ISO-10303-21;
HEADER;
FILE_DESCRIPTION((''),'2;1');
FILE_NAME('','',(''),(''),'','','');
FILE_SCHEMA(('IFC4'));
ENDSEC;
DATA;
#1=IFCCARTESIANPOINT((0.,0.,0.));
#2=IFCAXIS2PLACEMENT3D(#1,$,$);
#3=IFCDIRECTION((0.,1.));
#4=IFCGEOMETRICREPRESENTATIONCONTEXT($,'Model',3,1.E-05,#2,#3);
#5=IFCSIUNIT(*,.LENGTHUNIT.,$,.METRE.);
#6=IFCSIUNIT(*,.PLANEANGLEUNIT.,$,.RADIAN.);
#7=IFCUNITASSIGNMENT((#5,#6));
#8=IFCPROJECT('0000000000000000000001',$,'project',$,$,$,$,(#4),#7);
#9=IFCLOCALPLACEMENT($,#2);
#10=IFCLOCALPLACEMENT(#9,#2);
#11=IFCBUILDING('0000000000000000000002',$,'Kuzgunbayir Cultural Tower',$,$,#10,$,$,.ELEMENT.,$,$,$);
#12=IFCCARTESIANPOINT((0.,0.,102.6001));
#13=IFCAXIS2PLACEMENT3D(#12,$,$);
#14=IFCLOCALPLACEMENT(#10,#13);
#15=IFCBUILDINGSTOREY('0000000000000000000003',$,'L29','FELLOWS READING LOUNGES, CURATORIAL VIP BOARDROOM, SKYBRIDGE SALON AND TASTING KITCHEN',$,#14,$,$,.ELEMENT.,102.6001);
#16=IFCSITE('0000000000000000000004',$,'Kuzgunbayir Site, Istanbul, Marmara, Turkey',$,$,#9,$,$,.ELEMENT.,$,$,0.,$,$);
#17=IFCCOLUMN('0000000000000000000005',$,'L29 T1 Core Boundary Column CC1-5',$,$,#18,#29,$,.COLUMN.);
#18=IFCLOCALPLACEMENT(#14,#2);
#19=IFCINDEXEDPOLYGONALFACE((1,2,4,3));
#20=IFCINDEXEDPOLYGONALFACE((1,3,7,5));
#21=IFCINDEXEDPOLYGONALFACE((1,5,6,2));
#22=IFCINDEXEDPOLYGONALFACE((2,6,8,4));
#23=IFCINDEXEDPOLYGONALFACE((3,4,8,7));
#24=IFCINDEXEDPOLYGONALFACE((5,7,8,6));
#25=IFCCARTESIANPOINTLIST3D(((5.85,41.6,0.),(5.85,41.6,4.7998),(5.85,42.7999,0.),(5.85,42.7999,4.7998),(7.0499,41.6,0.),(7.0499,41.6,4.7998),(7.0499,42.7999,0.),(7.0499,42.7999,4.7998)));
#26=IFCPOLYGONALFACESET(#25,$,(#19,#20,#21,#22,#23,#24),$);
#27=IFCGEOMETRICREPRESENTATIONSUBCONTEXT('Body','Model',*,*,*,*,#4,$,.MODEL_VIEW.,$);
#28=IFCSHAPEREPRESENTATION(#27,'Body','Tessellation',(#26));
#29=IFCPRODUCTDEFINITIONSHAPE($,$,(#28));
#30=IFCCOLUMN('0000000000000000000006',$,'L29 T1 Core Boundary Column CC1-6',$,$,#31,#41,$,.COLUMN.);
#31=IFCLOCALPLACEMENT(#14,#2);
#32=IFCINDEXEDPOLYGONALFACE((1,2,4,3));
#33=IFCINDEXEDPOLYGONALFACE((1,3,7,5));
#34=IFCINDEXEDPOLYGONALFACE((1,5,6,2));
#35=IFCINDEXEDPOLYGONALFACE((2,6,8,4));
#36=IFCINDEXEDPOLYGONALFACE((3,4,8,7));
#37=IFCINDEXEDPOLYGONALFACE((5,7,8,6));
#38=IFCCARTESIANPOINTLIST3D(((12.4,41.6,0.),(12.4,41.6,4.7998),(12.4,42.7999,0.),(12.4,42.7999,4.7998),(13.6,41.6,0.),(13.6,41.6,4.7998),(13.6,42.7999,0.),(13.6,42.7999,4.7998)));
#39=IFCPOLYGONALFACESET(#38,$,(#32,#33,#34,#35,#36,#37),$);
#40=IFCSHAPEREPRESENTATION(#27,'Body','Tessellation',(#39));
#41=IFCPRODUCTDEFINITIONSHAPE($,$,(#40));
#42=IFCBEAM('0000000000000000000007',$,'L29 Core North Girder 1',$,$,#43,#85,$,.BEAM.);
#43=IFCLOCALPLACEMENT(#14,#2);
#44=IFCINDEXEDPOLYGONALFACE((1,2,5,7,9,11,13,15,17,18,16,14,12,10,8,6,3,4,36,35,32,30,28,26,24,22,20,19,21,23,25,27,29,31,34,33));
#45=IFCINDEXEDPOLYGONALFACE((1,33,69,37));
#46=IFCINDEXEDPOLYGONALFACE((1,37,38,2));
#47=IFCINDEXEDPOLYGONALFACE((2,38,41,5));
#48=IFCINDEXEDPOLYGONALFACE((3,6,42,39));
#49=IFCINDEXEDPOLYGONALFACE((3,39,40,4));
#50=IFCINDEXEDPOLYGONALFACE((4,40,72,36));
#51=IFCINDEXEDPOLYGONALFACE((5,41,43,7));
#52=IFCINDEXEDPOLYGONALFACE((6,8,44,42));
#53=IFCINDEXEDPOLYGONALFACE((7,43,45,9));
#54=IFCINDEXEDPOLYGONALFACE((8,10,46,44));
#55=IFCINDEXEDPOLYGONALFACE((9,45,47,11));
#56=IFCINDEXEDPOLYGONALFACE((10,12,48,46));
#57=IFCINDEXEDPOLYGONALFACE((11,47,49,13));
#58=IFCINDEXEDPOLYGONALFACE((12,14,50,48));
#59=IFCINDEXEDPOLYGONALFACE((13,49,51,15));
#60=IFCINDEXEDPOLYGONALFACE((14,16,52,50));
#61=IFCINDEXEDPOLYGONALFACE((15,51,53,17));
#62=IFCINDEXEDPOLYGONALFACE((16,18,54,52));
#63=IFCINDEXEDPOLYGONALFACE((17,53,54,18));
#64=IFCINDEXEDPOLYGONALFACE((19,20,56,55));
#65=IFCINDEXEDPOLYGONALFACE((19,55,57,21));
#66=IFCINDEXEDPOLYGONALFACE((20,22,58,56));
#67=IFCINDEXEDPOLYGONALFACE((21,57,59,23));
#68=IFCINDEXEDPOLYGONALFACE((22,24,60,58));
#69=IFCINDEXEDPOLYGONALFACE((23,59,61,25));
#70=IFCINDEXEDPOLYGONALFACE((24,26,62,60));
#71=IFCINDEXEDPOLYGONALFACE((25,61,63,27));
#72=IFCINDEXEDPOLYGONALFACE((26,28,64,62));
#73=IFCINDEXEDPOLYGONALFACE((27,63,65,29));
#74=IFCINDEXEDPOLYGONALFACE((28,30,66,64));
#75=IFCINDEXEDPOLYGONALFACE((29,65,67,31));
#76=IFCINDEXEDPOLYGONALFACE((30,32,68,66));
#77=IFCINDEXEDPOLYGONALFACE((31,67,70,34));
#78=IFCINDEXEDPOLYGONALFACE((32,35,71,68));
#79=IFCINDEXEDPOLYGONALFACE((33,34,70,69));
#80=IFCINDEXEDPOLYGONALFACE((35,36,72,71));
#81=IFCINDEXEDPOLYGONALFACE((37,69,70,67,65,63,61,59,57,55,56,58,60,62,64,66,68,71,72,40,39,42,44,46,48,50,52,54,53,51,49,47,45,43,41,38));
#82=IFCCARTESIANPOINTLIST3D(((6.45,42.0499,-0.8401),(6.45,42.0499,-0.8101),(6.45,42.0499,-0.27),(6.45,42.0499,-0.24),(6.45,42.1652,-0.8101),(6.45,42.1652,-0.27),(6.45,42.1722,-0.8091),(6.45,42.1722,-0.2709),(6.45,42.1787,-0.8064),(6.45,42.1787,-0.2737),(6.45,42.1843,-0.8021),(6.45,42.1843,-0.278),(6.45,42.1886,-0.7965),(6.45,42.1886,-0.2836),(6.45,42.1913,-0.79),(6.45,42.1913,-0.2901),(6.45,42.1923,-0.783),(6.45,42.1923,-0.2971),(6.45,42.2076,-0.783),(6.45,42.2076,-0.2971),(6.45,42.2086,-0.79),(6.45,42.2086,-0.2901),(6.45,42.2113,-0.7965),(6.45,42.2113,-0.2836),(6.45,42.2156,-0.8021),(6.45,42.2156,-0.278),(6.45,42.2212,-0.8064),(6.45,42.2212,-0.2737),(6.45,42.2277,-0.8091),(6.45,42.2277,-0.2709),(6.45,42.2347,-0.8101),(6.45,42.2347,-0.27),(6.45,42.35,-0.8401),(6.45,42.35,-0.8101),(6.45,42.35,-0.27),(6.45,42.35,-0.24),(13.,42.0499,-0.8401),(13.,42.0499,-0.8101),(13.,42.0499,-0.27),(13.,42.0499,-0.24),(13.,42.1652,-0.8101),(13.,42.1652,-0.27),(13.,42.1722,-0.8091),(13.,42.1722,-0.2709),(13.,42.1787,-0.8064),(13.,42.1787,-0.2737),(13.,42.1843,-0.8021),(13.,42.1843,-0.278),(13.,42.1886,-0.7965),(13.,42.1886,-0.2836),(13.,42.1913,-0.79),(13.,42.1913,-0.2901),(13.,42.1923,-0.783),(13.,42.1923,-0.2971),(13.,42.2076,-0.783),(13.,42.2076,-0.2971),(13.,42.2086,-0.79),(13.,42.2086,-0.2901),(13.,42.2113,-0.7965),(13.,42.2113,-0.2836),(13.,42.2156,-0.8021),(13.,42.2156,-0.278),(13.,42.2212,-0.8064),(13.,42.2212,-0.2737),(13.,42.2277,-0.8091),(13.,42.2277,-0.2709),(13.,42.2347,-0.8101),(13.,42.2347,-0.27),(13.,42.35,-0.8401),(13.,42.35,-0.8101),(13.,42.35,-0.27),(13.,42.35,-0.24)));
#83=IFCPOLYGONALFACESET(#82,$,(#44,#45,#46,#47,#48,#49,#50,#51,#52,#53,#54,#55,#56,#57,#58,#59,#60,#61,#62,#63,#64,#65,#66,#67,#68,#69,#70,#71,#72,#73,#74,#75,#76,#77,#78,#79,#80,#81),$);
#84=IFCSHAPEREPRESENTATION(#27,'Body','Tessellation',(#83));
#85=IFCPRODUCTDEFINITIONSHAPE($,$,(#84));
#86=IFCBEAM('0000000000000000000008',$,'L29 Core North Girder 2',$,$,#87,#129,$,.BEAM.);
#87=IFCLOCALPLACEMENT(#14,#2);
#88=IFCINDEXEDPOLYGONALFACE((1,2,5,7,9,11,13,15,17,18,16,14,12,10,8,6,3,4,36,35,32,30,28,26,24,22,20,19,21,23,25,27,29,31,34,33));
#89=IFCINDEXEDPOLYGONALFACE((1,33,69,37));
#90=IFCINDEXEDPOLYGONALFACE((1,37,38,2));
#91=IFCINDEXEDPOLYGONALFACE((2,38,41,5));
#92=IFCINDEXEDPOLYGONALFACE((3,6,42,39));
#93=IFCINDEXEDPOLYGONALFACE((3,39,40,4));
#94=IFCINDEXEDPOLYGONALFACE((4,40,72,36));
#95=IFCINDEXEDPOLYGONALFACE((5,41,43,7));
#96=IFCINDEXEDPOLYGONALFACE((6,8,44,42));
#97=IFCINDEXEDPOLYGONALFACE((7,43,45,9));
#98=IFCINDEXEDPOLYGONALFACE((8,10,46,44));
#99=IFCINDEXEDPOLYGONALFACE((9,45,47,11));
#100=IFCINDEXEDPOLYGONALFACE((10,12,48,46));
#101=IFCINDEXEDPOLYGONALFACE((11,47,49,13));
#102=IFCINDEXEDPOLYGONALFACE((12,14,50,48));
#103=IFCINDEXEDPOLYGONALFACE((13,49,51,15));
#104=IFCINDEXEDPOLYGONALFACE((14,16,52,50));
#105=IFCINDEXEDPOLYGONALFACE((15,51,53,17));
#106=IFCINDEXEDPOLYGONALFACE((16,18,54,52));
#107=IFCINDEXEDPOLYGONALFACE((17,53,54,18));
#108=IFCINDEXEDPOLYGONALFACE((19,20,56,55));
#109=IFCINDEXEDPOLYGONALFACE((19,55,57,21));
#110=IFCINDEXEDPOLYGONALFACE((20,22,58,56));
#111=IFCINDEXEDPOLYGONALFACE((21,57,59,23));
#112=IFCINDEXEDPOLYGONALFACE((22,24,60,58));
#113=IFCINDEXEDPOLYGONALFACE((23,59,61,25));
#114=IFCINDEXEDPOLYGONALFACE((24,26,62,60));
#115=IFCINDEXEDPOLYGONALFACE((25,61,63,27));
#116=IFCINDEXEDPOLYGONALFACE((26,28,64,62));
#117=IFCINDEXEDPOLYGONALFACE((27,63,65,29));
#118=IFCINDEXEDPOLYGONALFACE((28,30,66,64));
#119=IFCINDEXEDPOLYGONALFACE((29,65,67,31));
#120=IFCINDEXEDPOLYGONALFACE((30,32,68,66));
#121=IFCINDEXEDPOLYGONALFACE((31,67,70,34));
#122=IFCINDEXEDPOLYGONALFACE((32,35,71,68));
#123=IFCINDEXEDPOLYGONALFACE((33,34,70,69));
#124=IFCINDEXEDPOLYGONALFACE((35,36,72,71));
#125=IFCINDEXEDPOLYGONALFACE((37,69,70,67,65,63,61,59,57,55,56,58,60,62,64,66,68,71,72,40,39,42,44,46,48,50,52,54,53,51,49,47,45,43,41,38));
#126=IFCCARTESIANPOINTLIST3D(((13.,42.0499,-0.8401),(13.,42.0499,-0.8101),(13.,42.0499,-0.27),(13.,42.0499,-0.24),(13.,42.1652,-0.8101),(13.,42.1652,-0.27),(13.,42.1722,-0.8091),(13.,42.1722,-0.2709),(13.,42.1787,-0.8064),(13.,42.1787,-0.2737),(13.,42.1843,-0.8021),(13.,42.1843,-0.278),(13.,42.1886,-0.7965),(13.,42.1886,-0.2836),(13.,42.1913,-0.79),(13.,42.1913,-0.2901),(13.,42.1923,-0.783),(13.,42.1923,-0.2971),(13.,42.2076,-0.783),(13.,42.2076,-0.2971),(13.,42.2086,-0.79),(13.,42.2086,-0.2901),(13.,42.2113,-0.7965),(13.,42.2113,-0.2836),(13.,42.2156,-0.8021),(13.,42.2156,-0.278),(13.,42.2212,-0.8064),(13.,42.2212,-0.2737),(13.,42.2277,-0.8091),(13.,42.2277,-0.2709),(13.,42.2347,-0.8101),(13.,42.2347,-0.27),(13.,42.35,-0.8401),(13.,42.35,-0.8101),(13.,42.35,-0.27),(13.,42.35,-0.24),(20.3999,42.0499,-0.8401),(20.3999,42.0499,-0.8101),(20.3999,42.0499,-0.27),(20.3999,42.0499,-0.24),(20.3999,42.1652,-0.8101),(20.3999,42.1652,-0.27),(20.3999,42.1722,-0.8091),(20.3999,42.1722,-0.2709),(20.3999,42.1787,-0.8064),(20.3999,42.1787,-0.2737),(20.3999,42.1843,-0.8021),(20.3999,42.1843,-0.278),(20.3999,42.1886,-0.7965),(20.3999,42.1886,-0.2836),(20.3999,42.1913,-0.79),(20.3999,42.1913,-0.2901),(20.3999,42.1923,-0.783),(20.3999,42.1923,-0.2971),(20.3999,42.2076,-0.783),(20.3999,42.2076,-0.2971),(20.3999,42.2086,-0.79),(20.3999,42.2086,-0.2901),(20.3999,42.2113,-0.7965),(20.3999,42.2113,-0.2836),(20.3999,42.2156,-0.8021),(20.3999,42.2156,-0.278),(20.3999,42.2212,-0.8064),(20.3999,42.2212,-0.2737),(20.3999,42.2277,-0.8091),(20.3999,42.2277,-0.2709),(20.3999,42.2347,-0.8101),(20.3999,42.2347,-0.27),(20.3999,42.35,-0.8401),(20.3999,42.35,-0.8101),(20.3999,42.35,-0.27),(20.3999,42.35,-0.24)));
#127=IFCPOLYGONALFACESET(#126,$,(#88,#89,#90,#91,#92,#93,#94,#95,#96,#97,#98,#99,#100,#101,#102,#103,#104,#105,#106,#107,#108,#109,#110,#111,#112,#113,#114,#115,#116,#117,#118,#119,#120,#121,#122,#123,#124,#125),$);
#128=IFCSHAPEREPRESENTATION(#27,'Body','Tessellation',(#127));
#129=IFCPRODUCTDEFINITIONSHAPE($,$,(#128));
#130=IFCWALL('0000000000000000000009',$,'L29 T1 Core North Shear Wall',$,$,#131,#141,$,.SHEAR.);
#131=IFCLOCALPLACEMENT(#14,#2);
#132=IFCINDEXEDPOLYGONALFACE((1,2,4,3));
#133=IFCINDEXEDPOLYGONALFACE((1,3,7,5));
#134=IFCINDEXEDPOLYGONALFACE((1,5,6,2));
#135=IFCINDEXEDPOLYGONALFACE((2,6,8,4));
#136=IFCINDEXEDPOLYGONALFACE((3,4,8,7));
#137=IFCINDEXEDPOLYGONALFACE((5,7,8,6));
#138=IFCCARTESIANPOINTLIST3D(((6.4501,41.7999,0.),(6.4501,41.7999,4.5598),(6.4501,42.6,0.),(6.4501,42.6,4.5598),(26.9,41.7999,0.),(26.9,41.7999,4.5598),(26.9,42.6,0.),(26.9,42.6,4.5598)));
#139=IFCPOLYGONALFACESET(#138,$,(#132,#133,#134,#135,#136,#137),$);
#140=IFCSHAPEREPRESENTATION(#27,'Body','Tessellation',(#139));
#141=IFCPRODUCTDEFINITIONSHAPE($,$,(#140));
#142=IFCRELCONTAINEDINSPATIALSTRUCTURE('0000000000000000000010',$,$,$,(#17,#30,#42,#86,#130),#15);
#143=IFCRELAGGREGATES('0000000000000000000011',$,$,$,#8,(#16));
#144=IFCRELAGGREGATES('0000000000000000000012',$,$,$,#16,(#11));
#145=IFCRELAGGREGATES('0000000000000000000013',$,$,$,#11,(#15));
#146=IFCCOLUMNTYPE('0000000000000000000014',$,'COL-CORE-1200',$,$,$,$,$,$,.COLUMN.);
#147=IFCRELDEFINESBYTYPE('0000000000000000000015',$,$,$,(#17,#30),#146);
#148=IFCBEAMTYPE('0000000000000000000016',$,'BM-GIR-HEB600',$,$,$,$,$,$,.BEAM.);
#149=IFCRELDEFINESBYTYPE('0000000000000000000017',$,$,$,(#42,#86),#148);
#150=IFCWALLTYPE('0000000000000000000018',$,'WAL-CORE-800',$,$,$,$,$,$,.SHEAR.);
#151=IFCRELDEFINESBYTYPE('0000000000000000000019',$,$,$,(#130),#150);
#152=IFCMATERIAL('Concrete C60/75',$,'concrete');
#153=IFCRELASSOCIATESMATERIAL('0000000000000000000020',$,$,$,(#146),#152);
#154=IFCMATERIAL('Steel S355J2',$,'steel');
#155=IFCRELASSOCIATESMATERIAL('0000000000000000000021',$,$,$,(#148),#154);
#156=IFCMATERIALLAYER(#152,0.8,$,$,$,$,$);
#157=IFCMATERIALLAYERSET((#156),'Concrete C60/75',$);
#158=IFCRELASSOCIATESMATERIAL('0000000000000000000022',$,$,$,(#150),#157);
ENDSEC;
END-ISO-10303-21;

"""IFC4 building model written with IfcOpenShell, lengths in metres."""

from ifc_helpers import new_model, si_unit, direction, frame, frame_2d, origin, origin_2d, place, context, subcontext, project, spatial, rectangle, i_section, extrude, material, layer, layer_set, material_profile, profile_set, type_object, element, save


model = new_model("IFC4")

# Units and contexts
model_context = context("Model", 3, precision=1e-05, world=origin(), true_north=direction((0.0, 1.0)))
body_context = subcontext(model_context, "Body", "Model", "MODEL_VIEW")
ifc_project = project(units=[si_unit("LENGTHUNIT", "METRE"), si_unit("PLANEANGLEUNIT", "RADIAN")], contexts=[model_context])

# Site, building, storey
site_placement = place(None, origin())
site = spatial("IfcSite", under=ifc_project, at=site_placement, Name="Kuzgunbayir Site, Istanbul, Marmara, Turkey", CompositionType="ELEMENT", RefElevation=0.0)
building_placement = place(site_placement, origin())
building = spatial("IfcBuilding", under=site, at=building_placement, Name="Kuzgunbayir Cultural Tower", CompositionType="ELEMENT")
storey_placement = place(building_placement, frame((0.0, 0.0, 102.6001)))
storey = spatial("IfcBuildingStorey", under=building, at=storey_placement, Name="L29", Description="FELLOWS READING LOUNGES, CURATORIAL VIP BOARDROOM, SKYBRIDGE SALON AND TASTING KITCHEN", CompositionType="ELEMENT", Elevation=102.6001)

# Columns
ifc_material_1 = material(Name="Concrete C60/75", Category="concrete")
ifc_material_profile_1 = material_profile(ifc_material_1, rectangle(XDim=1.2, YDim=1.2, at=origin_2d()), Name="RC 1200x1200")
ifc_profile_set_1 = profile_set([ifc_material_profile_1], Name="Concrete C60/75")
column_type = type_object("IfcColumnType", Name="COL-CORE-1200", PredefinedType="COLUMN", material=ifc_profile_set_1)
for number, where, z_axis, x_axis, name in (
    (1, (6.45, 42.2, 0.0), (0.0, 0.0, 1.0), (1.0, 0.0, 0.0), "L29 T1 Core Boundary Column CC1-5"),
    (2, (13.0, 42.2, 0.0), (0.0, 0.0, 1.0), (1.0, 0.0, 0.0), "L29 T1 Core Boundary Column CC1-6"),
):
    element("IfcColumn", number, at=place(storey_placement, frame(where, z_axis=z_axis, x_axis=x_axis)), inside=storey, type_object=column_type, Name=name, PredefinedType="COLUMN", context=body_context, shape_type="SweptSolid", body=[
        extrude(rectangle(XDim=1.2, YDim=1.2, at=origin_2d()), origin(), (0.0, 0.0, 1.0), 4.7998),
    ])

# Beams
ifc_material_2 = material(Name="Steel S355J2", Category="steel")
ifc_material_profile_2 = material_profile(ifc_material_2, i_section(OverallWidth=0.3, OverallDepth=0.6001, WebThickness=0.0154, FlangeThickness=0.03, FilletRadius=0.0271, at=origin_2d()), Name="HEB 600")
ifc_profile_set_2 = profile_set([ifc_material_profile_2], Name="Steel S355J2")
beam_type = type_object("IfcBeamType", Name="BM-GIR-HEB600", PredefinedType="BEAM", material=ifc_profile_set_2)
beam_1_placement = place(storey_placement, frame((6.45, 42.2, -0.54), z_axis=(1.0, 0.0, 0.0), x_axis=(0.0, 1.0, 0.0)))
element("IfcBeam", 3, at=beam_1_placement, inside=storey, type_object=beam_type, Name="L29 Core North Girder 1", PredefinedType="BEAM", context=body_context, shape_type="SweptSolid", body=[
    extrude(i_section(OverallWidth=0.3, OverallDepth=0.6001, WebThickness=0.0154, FlangeThickness=0.03, FilletRadius=0.0271, at=origin_2d()), origin(), (0.0, 0.0, 1.0), 6.55),
])
beam_2_placement = place(storey_placement, frame((13.0, 42.2, -0.54), z_axis=(1.0, 0.0, 0.0), x_axis=(0.0, 1.0, 0.0)))
element("IfcBeam", 4, at=beam_2_placement, inside=storey, type_object=beam_type, Name="L29 Core North Girder 2", PredefinedType="BEAM", context=body_context, shape_type="SweptSolid", body=[
    extrude(i_section(OverallWidth=0.3, OverallDepth=0.6001, WebThickness=0.0154, FlangeThickness=0.03, FilletRadius=0.0271, at=origin_2d()), origin(), (0.0, 0.0, 1.0), 7.3999),
])

# Wall
ifc_layer_1 = layer(ifc_material_1, 0.8)
ifc_layer_set_1 = layer_set([ifc_layer_1], Name="Concrete C60/75")
wall_type_1 = type_object("IfcWallType", Name="WAL-CORE-800", PredefinedType="SHEAR", material=ifc_layer_set_1)
wall_1_placement = place(storey_placement, frame((6.45, 42.2, 0.0), z_axis=(0.0, 0.0, 1.0), x_axis=(1.0, 0.0, 0.0)))
element("IfcWall", 5, at=wall_1_placement, inside=storey, type_object=wall_type_1, Name="L29 T1 Core North Shear Wall", PredefinedType="SHEAR", context=body_context, shape_type="SweptSolid", body=[
    extrude(rectangle(XDim=20.45, YDim=0.8, at=frame_2d((10.2251, 0.0))), origin(), (0.0, 0.0, 1.0), 4.5598),
])

save(model, "model.ifc")
